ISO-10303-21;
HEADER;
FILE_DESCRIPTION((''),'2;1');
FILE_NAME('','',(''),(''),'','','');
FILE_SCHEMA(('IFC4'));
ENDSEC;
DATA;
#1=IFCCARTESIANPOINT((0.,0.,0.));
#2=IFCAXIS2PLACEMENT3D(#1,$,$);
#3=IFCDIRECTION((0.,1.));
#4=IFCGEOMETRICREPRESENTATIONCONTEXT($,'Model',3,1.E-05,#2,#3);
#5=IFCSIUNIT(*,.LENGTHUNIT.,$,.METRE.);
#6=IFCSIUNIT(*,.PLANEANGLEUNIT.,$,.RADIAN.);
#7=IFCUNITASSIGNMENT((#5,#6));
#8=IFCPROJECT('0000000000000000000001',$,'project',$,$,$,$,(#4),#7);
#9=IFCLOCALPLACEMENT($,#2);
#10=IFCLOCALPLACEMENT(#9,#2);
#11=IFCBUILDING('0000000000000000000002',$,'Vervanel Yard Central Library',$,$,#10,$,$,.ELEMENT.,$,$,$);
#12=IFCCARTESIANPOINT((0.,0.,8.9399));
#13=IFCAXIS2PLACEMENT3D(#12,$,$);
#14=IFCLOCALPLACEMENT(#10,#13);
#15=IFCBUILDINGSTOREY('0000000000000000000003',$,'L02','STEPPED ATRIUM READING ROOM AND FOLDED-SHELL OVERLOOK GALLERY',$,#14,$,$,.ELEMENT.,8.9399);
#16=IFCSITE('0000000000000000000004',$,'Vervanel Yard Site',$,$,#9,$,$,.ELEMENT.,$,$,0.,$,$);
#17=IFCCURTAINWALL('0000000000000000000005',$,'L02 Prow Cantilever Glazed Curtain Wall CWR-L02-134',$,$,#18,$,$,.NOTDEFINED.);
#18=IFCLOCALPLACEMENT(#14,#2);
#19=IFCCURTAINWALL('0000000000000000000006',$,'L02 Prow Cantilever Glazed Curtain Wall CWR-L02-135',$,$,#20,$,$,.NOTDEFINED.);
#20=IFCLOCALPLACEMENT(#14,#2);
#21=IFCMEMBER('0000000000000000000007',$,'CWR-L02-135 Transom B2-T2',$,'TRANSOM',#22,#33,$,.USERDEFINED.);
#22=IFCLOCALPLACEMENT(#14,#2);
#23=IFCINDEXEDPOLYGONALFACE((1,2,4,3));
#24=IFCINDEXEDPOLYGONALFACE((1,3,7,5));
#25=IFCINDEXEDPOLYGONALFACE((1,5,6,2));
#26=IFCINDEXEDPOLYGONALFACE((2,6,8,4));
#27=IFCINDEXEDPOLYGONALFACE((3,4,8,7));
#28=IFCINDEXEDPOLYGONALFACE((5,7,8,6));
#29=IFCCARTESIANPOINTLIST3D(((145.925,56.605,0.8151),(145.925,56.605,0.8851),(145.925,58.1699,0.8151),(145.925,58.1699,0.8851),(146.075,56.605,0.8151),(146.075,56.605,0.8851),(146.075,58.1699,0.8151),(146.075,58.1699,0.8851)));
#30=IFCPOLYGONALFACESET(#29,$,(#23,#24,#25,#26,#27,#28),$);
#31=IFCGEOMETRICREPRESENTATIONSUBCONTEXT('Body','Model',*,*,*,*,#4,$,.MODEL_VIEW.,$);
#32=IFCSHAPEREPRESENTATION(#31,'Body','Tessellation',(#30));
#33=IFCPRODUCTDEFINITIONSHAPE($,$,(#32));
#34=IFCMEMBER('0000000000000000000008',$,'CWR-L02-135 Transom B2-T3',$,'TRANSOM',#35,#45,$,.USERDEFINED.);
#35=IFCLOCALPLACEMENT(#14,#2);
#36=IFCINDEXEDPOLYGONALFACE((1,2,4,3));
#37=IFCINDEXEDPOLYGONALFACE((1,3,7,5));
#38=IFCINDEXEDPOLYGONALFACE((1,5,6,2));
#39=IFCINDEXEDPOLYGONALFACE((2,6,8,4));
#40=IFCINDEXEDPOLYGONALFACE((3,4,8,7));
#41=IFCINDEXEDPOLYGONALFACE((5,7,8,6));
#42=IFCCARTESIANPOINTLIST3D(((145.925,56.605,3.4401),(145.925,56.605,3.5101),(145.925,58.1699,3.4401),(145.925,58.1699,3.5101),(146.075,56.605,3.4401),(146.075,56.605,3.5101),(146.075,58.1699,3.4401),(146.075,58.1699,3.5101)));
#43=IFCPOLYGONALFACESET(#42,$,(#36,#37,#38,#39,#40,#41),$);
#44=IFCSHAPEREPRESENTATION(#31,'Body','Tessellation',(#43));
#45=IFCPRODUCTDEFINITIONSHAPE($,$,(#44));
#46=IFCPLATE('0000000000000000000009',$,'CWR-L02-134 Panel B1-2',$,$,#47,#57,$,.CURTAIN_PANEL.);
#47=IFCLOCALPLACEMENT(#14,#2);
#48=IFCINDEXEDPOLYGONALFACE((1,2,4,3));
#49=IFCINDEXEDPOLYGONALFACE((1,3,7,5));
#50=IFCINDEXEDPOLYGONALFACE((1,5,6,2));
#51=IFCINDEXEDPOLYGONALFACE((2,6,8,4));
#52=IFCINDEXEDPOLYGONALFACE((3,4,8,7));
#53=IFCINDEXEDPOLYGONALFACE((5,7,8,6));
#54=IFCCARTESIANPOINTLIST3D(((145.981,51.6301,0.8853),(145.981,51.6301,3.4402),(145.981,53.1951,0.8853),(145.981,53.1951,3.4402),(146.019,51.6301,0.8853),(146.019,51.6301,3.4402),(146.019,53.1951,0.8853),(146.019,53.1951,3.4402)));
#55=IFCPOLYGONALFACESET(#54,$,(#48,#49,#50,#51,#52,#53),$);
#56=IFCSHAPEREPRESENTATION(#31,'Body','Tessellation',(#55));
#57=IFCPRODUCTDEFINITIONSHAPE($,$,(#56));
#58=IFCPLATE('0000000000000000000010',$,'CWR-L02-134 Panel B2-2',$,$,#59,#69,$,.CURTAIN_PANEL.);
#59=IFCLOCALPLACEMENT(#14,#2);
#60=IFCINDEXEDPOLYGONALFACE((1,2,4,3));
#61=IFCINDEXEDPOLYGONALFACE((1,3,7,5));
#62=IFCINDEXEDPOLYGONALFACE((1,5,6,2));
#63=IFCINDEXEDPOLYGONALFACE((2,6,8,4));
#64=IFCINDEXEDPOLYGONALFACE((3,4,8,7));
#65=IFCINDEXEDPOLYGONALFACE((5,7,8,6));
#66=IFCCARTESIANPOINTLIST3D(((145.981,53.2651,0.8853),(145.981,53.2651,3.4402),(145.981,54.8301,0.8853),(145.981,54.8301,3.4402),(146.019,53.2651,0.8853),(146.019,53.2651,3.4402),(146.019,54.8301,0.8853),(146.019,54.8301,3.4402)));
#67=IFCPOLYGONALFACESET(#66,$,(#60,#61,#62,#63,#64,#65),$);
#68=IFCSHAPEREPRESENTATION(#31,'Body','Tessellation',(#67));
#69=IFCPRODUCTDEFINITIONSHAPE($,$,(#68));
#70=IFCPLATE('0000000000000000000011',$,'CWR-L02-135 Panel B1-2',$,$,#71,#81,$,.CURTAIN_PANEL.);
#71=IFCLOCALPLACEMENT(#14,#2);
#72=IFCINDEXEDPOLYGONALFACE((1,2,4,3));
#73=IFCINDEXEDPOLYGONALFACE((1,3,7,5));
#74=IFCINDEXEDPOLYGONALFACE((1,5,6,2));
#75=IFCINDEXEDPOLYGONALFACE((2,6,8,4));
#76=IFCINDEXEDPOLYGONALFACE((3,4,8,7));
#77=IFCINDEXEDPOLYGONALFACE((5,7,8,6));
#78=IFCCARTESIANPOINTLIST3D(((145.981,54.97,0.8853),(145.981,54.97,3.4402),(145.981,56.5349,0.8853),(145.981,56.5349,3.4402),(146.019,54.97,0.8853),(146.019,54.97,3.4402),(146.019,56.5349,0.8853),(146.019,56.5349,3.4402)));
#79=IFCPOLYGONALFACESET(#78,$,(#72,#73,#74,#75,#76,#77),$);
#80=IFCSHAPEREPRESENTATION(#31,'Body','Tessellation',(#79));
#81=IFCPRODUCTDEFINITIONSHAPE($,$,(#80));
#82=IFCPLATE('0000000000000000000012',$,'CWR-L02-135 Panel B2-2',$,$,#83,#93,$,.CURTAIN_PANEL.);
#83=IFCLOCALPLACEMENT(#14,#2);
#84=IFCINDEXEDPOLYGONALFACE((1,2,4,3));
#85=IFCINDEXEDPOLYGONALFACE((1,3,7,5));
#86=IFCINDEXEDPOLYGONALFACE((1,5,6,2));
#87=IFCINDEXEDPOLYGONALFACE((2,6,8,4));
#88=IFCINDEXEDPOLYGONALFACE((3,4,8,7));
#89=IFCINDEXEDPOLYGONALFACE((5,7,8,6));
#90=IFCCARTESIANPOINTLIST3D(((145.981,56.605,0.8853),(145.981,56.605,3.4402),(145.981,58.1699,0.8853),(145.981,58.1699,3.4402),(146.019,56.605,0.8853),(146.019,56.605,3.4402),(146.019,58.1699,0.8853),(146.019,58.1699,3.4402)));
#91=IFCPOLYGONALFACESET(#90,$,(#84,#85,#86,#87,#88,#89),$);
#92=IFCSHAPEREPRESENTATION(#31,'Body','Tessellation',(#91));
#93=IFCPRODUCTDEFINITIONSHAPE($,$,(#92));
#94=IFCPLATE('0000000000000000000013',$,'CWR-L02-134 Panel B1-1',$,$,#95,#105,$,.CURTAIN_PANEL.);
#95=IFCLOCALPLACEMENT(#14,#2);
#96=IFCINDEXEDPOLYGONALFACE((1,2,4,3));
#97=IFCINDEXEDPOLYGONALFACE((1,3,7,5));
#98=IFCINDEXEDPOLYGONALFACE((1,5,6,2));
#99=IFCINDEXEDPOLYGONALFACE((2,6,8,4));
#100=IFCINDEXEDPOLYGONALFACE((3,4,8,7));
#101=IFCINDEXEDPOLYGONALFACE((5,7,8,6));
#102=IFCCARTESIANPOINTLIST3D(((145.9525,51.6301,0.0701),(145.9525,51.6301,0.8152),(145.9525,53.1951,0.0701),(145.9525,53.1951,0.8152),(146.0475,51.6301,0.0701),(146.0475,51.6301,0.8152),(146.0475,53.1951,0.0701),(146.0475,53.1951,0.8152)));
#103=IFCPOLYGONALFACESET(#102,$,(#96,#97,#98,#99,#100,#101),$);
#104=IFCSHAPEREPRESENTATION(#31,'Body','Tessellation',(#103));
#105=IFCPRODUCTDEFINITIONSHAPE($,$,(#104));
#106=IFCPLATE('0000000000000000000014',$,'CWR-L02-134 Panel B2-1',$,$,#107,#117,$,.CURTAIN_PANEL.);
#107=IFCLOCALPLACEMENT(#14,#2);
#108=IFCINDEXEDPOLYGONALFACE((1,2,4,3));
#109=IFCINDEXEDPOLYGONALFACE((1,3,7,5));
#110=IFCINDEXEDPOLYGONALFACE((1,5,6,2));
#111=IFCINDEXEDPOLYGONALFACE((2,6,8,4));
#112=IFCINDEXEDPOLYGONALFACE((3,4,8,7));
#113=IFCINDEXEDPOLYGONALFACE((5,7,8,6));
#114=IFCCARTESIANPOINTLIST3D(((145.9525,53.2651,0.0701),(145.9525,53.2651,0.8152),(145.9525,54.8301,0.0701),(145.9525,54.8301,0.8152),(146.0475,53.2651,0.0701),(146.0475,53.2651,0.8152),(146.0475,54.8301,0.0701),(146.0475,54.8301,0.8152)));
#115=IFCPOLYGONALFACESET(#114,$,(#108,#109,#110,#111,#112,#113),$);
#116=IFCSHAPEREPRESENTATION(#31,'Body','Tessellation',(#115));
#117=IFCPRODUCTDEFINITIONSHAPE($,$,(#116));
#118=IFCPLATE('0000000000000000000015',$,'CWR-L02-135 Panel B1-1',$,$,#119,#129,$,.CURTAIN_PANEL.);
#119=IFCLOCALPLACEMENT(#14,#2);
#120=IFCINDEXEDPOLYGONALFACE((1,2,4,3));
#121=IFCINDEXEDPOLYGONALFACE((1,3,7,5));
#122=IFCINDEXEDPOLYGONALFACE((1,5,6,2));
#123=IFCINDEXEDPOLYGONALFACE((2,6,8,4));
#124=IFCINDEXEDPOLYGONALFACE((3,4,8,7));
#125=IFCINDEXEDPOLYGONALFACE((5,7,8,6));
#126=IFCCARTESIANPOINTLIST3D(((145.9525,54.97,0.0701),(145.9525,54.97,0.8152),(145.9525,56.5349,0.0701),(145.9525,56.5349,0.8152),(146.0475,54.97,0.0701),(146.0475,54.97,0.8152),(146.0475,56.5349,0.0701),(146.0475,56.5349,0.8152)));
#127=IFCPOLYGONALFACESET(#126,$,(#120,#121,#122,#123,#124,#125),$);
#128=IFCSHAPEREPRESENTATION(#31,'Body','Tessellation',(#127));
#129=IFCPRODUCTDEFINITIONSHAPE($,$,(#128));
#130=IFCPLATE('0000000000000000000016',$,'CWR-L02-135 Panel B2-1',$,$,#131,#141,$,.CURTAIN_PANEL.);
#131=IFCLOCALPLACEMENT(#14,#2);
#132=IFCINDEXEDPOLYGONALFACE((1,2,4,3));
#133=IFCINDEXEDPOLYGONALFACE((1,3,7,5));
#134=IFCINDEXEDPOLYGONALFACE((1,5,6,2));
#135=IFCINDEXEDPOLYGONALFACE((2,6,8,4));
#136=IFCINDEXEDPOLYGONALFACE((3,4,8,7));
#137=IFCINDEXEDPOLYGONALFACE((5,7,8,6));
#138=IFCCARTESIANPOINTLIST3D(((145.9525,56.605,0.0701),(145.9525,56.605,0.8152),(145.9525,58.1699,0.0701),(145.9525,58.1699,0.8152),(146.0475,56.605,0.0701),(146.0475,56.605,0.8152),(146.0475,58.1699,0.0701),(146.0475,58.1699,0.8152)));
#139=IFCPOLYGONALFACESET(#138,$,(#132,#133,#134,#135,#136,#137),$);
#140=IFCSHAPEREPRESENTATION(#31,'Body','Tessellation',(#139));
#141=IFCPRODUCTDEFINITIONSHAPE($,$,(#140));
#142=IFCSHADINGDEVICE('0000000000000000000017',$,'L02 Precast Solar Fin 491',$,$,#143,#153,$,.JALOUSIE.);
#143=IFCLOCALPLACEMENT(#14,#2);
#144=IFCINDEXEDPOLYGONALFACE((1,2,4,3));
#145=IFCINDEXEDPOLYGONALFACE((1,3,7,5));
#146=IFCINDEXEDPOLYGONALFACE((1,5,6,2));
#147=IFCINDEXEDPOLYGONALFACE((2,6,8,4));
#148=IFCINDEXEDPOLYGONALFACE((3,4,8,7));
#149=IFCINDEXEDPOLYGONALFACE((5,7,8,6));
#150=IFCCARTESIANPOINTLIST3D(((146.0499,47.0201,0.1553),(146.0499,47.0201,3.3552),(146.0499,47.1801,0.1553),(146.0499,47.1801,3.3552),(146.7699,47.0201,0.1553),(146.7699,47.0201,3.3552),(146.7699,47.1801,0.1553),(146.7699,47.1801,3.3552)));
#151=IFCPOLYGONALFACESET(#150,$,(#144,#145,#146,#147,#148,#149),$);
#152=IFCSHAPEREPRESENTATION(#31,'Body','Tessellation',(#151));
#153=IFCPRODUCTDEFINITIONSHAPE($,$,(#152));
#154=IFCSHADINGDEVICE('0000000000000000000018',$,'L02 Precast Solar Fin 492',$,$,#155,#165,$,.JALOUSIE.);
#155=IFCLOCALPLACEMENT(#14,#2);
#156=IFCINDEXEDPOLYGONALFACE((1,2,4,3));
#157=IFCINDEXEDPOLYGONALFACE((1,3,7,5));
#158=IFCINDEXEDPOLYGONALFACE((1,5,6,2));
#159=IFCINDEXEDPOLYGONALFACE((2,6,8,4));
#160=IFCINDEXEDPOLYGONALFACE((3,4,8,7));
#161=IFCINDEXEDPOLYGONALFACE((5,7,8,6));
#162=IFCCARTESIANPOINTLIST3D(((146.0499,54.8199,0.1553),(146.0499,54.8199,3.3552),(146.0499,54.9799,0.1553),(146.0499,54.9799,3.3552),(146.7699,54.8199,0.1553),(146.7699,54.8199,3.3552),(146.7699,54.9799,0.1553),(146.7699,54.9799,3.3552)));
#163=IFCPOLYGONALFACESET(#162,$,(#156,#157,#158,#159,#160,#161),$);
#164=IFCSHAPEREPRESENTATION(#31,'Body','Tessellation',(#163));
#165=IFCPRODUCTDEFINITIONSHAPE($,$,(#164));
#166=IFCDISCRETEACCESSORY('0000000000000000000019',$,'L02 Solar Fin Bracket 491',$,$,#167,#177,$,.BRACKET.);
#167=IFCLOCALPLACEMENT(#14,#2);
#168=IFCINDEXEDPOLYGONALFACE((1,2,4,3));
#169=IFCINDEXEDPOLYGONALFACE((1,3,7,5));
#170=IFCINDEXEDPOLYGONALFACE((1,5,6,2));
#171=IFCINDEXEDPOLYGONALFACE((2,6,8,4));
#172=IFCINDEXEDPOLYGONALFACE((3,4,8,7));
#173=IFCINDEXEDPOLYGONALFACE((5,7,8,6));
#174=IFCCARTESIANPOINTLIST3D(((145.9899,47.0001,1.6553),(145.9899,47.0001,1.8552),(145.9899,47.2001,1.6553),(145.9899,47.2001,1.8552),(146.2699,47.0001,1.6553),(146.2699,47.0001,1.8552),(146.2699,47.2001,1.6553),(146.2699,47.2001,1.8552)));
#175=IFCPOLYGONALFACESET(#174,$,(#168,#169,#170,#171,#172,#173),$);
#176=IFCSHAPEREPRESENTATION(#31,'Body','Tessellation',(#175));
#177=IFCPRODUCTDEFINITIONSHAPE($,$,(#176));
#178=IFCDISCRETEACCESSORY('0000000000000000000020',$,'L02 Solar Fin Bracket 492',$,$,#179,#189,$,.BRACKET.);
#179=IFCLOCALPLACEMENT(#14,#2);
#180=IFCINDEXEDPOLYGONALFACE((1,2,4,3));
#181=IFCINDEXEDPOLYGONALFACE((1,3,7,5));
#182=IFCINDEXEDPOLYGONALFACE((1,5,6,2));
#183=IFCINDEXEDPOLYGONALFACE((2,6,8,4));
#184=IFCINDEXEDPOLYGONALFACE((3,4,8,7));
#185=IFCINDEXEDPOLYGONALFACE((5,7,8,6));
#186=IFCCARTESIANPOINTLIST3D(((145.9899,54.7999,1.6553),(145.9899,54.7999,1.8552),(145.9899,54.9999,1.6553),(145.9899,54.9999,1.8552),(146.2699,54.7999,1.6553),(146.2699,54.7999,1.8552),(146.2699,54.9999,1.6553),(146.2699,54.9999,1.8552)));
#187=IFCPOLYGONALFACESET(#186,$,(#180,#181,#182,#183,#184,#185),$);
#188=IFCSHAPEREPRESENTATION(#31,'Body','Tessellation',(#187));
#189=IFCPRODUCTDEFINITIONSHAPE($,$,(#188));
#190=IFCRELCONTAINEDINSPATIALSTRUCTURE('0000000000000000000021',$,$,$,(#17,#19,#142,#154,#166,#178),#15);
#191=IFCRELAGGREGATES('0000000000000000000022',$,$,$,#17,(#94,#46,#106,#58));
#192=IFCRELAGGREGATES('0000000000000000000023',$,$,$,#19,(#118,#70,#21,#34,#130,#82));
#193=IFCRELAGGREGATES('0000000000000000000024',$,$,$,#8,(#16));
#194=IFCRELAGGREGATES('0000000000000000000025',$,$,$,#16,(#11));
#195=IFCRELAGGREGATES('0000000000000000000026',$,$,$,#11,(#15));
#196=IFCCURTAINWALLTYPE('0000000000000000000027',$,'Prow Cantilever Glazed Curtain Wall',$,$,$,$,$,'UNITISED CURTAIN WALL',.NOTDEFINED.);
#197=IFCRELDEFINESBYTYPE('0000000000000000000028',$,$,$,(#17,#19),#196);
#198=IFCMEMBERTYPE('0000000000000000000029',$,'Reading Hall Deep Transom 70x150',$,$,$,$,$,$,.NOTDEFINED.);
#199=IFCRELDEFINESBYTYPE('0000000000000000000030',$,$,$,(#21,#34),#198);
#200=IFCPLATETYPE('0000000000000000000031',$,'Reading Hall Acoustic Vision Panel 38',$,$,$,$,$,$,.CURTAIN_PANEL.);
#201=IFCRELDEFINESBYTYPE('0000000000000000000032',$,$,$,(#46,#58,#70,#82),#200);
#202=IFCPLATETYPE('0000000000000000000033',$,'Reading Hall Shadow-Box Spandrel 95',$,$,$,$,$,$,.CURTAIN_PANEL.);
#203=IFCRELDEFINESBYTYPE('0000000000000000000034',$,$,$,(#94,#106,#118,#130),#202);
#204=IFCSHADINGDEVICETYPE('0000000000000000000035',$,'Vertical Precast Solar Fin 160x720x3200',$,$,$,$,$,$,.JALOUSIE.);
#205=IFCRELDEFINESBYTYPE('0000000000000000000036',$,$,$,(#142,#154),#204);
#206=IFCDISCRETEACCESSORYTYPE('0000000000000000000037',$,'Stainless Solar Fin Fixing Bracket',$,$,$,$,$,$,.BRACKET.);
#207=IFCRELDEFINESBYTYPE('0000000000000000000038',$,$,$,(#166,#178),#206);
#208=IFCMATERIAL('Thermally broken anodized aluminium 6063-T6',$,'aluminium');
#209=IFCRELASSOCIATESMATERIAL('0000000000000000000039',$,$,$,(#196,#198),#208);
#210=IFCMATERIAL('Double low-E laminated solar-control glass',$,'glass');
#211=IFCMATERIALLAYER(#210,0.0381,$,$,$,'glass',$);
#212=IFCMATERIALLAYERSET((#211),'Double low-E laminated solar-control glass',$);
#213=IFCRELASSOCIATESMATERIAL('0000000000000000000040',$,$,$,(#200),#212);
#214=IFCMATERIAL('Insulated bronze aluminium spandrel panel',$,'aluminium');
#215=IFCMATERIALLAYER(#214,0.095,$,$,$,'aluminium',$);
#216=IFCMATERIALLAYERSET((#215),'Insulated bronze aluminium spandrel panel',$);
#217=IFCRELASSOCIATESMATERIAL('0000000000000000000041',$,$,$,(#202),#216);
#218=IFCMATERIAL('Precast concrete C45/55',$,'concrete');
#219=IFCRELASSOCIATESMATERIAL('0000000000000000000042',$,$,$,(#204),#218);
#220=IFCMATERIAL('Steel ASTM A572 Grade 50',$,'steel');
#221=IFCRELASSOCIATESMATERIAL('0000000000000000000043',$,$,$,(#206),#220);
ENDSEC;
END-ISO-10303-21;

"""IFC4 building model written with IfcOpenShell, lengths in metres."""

from ifc_helpers import new_model, si_unit, direction, frame, origin, origin_2d, place, context, subcontext, project, spatial, rectangle, extrude, material, layer, layer_set, material_profile, profile_set, type_object, element, aggregate, save


model = new_model("IFC4")

# Units and contexts
model_context = context("Model", 3, precision=1e-05, world=origin(), true_north=direction((0.0, 1.0)))
body_context = subcontext(model_context, "Body", "Model", "MODEL_VIEW")
ifc_project = project(units=[si_unit("LENGTHUNIT", "METRE"), si_unit("PLANEANGLEUNIT", "RADIAN")], contexts=[model_context])

# Site, building, storey
site_placement = place(None, origin())
site = spatial("IfcSite", under=ifc_project, at=site_placement, Name="Vervanel Yard Site", CompositionType="ELEMENT", RefElevation=0.0)
building_placement = place(site_placement, origin())
building = spatial("IfcBuilding", under=site, at=building_placement, Name="Vervanel Yard Central Library", CompositionType="ELEMENT")
storey_placement = place(building_placement, frame((0.0, 0.0, 8.9399)))
storey = spatial("IfcBuildingStorey", under=building, at=storey_placement, Name="L02", Description="STEPPED ATRIUM READING ROOM AND FOLDED-SHELL OVERLOOK GALLERY", CompositionType="ELEMENT", Elevation=8.9399)

# Curtain walls
ifc_material_1 = material(Name="Thermally broken anodized aluminium 6063-T6", Category="aluminium")
curtain_wall_type = type_object("IfcCurtainWallType", Name="Prow Cantilever Glazed Curtain Wall", ElementType="UNITISED CURTAIN WALL", PredefinedType="NOTDEFINED", material=ifc_material_1)
curtain_wall_1_placement = place(storey_placement, origin())
curtain_wall_1 = element("IfcCurtainWall", 1, at=curtain_wall_1_placement, inside=storey, type_object=curtain_wall_type, Name="L02 Prow Cantilever Glazed Curtain Wall CWR-L02-134", PredefinedType="NOTDEFINED")
curtain_wall_2_placement = place(storey_placement, origin())
curtain_wall_2 = element("IfcCurtainWall", 2, at=curtain_wall_2_placement, inside=storey, type_object=curtain_wall_type, Name="L02 Prow Cantilever Glazed Curtain Wall CWR-L02-135", PredefinedType="NOTDEFINED")

# Members
ifc_material_profile_1 = material_profile(ifc_material_1, rectangle(XDim=0.0701, YDim=0.1499, at=origin_2d()), Name="ALU 70x150", Category="aluminium")
ifc_profile_set_1 = profile_set([ifc_material_profile_1], Name="Thermally broken anodized aluminium 6063-T6")
member_type_1 = type_object("IfcMemberType", Name="Reading Hall Deep Transom 70x150", PredefinedType="NOTDEFINED", material=ifc_profile_set_1)
member_1_placement = place(storey_placement, frame((146.0, 56.605, 0.8501), z_axis=(0.0, 1.0, 0.0), x_axis=(0.0, 0.0, 1.0)))
member_1 = element("IfcMember", 3, at=member_1_placement, type_object=member_type_1, Name="CWR-L02-135 Transom B2-T2", ObjectType="TRANSOM", PredefinedType="USERDEFINED", context=body_context, shape_type="SweptSolid", body=[
    extrude(rectangle(XDim=0.0701, YDim=0.1499, at=origin_2d()), origin(), (0.0, 0.0, 1.0), 1.5649),
])
member_2_placement = place(storey_placement, frame((146.0, 56.605, 3.4751), z_axis=(0.0, 1.0, 0.0), x_axis=(0.0, 0.0, 1.0)))
member_2 = element("IfcMember", 4, at=member_2_placement, type_object=member_type_1, Name="CWR-L02-135 Transom B2-T3", ObjectType="TRANSOM", PredefinedType="USERDEFINED", context=body_context, shape_type="SweptSolid", body=[
    extrude(rectangle(XDim=0.0701, YDim=0.1499, at=origin_2d()), origin(), (0.0, 0.0, 1.0), 1.5649),
])

# Plates
ifc_material_2 = material(Name="Double low-E laminated solar-control glass", Category="glass")
ifc_layer_1 = layer(ifc_material_2, 0.0381, Category="glass")
ifc_layer_set_1 = layer_set([ifc_layer_1], Name="Double low-E laminated solar-control glass")
plate_type_1 = type_object("IfcPlateType", Name="Reading Hall Acoustic Vision Panel 38", PredefinedType="CURTAIN_PANEL", material=ifc_layer_set_1)
plate_1_placement = place(storey_placement, frame((146.0, 52.4126, 0.8853), z_axis=(0.0, 0.0, 1.0), x_axis=(0.0, 1.0, 0.0)))
plate_1 = element("IfcPlate", 5, at=plate_1_placement, type_object=plate_type_1, Name="CWR-L02-134 Panel B1-2", PredefinedType="CURTAIN_PANEL", context=body_context, shape_type="SweptSolid", body=[
    extrude(rectangle(XDim=1.5649, YDim=0.0381, at=origin_2d()), origin(), (0.0, 0.0, 1.0), 2.5549),
])
plate_2_placement = place(storey_placement, frame((146.0, 54.0476, 0.8853), z_axis=(0.0, 0.0, 1.0), x_axis=(0.0, 1.0, 0.0)))
plate_2 = element("IfcPlate", 6, at=plate_2_placement, type_object=plate_type_1, Name="CWR-L02-134 Panel B2-2", PredefinedType="CURTAIN_PANEL", context=body_context, shape_type="SweptSolid", body=[
    extrude(rectangle(XDim=1.5649, YDim=0.0381, at=origin_2d()), origin(), (0.0, 0.0, 1.0), 2.5549),
])
plate_3_placement = place(storey_placement, frame((146.0, 55.7524, 0.8853), z_axis=(0.0, 0.0, 1.0), x_axis=(0.0, 1.0, 0.0)))
plate_3 = element("IfcPlate", 7, at=plate_3_placement, type_object=plate_type_1, Name="CWR-L02-135 Panel B1-2", PredefinedType="CURTAIN_PANEL", context=body_context, shape_type="SweptSolid", body=[
    extrude(rectangle(XDim=1.5649, YDim=0.0381, at=origin_2d()), origin(), (0.0, 0.0, 1.0), 2.5549),
])
plate_4_placement = place(storey_placement, frame((146.0, 57.3875, 0.8853), z_axis=(0.0, 0.0, 1.0), x_axis=(0.0, 1.0, 0.0)))
plate_4 = element("IfcPlate", 8, at=plate_4_placement, type_object=plate_type_1, Name="CWR-L02-135 Panel B2-2", PredefinedType="CURTAIN_PANEL", context=body_context, shape_type="SweptSolid", body=[
    extrude(rectangle(XDim=1.5649, YDim=0.0381, at=origin_2d()), origin(), (0.0, 0.0, 1.0), 2.5549),
])
ifc_material_3 = material(Name="Insulated bronze aluminium spandrel panel", Category="aluminium")
ifc_layer_2 = layer(ifc_material_3, 0.095, Category="aluminium")
ifc_layer_set_2 = layer_set([ifc_layer_2], Name="Insulated bronze aluminium spandrel panel")
plate_type_2 = type_object("IfcPlateType", Name="Reading Hall Shadow-Box Spandrel 95", PredefinedType="CURTAIN_PANEL", material=ifc_layer_set_2)
plate_5_placement = place(storey_placement, frame((146.0, 52.4126, 0.0701), z_axis=(0.0, 0.0, 1.0), x_axis=(0.0, 1.0, 0.0)))
plate_5 = element("IfcPlate", 9, at=plate_5_placement, type_object=plate_type_2, Name="CWR-L02-134 Panel B1-1", PredefinedType="CURTAIN_PANEL", context=body_context, shape_type="SweptSolid", body=[
    extrude(rectangle(XDim=1.5649, YDim=0.095, at=origin_2d()), origin(), (0.0, 0.0, 1.0), 0.7451),
])
plate_6_placement = place(storey_placement, frame((146.0, 54.0476, 0.0701), z_axis=(0.0, 0.0, 1.0), x_axis=(0.0, 1.0, 0.0)))
plate_6 = element("IfcPlate", 10, at=plate_6_placement, type_object=plate_type_2, Name="CWR-L02-134 Panel B2-1", PredefinedType="CURTAIN_PANEL", context=body_context, shape_type="SweptSolid", body=[
    extrude(rectangle(XDim=1.5649, YDim=0.095, at=origin_2d()), origin(), (0.0, 0.0, 1.0), 0.7451),
])
aggregate(curtain_wall_1, [plate_5, plate_1, plate_6, plate_2])
plate_7_placement = place(storey_placement, frame((146.0, 55.7524, 0.0701), z_axis=(0.0, 0.0, 1.0), x_axis=(0.0, 1.0, 0.0)))
plate_7 = element("IfcPlate", 11, at=plate_7_placement, type_object=plate_type_2, Name="CWR-L02-135 Panel B1-1", PredefinedType="CURTAIN_PANEL", context=body_context, shape_type="SweptSolid", body=[
    extrude(rectangle(XDim=1.5649, YDim=0.095, at=origin_2d()), origin(), (0.0, 0.0, 1.0), 0.7451),
])
plate_8_placement = place(storey_placement, frame((146.0, 57.3875, 0.0701), z_axis=(0.0, 0.0, 1.0), x_axis=(0.0, 1.0, 0.0)))
plate_8 = element("IfcPlate", 12, at=plate_8_placement, type_object=plate_type_2, Name="CWR-L02-135 Panel B2-1", PredefinedType="CURTAIN_PANEL", context=body_context, shape_type="SweptSolid", body=[
    extrude(rectangle(XDim=1.5649, YDim=0.095, at=origin_2d()), origin(), (0.0, 0.0, 1.0), 0.7451),
])
aggregate(curtain_wall_2, [plate_7, plate_3, member_1, member_2, plate_8, plate_4])

# Shading devices
ifc_material_4 = material(Name="Precast concrete C45/55", Category="concrete")
shading_device_type = type_object("IfcShadingDeviceType", Name="Vertical Precast Solar Fin 160x720x3200", PredefinedType="JALOUSIE", material=ifc_material_4)
for number, where, z_axis, x_axis, name in (
    (13, (146.4099, 47.1001, 0.1553), (0.0, 0.0, 1.0), (0.0, 1.0, 0.0), "L02 Precast Solar Fin 491"),
    (14, (146.4099, 54.8999, 0.1553), (0.0, 0.0, 1.0), (0.0, 1.0, 0.0), "L02 Precast Solar Fin 492"),
):
    element("IfcShadingDevice", number, at=place(storey_placement, frame(where, z_axis=z_axis, x_axis=x_axis)), inside=storey, type_object=shading_device_type, Name=name, PredefinedType="JALOUSIE", context=body_context, shape_type="SweptSolid", body=[
        extrude(rectangle(XDim=0.1599, YDim=0.72, at=origin_2d()), origin(), (0.0, 0.0, 1.0), 3.2),
    ])

# Discrete accessories
ifc_material_5 = material(Name="Steel ASTM A572 Grade 50", Category="steel")
discrete_accessory_type = type_object("IfcDiscreteAccessoryType", Name="Stainless Solar Fin Fixing Bracket", PredefinedType="BRACKET", material=ifc_material_5)
for number, where, z_axis, x_axis, name in (
    (15, (146.1299, 47.1001, 1.6553), (0.0, 0.0, 1.0), (0.0, 1.0, 0.0), "L02 Solar Fin Bracket 491"),
    (16, (146.1299, 54.8999, 1.6553), (0.0, 0.0, 1.0), (0.0, 1.0, 0.0), "L02 Solar Fin Bracket 492"),
):
    element("IfcDiscreteAccessory", number, at=place(storey_placement, frame(where, z_axis=z_axis, x_axis=x_axis)), inside=storey, type_object=discrete_accessory_type, Name=name, PredefinedType="BRACKET", context=body_context, shape_type="SweptSolid", body=[
        extrude(rectangle(XDim=0.2, YDim=0.28, at=origin_2d()), origin(), (0.0, 0.0, 1.0), 0.2),
    ])

save(model, "model.ifc")
